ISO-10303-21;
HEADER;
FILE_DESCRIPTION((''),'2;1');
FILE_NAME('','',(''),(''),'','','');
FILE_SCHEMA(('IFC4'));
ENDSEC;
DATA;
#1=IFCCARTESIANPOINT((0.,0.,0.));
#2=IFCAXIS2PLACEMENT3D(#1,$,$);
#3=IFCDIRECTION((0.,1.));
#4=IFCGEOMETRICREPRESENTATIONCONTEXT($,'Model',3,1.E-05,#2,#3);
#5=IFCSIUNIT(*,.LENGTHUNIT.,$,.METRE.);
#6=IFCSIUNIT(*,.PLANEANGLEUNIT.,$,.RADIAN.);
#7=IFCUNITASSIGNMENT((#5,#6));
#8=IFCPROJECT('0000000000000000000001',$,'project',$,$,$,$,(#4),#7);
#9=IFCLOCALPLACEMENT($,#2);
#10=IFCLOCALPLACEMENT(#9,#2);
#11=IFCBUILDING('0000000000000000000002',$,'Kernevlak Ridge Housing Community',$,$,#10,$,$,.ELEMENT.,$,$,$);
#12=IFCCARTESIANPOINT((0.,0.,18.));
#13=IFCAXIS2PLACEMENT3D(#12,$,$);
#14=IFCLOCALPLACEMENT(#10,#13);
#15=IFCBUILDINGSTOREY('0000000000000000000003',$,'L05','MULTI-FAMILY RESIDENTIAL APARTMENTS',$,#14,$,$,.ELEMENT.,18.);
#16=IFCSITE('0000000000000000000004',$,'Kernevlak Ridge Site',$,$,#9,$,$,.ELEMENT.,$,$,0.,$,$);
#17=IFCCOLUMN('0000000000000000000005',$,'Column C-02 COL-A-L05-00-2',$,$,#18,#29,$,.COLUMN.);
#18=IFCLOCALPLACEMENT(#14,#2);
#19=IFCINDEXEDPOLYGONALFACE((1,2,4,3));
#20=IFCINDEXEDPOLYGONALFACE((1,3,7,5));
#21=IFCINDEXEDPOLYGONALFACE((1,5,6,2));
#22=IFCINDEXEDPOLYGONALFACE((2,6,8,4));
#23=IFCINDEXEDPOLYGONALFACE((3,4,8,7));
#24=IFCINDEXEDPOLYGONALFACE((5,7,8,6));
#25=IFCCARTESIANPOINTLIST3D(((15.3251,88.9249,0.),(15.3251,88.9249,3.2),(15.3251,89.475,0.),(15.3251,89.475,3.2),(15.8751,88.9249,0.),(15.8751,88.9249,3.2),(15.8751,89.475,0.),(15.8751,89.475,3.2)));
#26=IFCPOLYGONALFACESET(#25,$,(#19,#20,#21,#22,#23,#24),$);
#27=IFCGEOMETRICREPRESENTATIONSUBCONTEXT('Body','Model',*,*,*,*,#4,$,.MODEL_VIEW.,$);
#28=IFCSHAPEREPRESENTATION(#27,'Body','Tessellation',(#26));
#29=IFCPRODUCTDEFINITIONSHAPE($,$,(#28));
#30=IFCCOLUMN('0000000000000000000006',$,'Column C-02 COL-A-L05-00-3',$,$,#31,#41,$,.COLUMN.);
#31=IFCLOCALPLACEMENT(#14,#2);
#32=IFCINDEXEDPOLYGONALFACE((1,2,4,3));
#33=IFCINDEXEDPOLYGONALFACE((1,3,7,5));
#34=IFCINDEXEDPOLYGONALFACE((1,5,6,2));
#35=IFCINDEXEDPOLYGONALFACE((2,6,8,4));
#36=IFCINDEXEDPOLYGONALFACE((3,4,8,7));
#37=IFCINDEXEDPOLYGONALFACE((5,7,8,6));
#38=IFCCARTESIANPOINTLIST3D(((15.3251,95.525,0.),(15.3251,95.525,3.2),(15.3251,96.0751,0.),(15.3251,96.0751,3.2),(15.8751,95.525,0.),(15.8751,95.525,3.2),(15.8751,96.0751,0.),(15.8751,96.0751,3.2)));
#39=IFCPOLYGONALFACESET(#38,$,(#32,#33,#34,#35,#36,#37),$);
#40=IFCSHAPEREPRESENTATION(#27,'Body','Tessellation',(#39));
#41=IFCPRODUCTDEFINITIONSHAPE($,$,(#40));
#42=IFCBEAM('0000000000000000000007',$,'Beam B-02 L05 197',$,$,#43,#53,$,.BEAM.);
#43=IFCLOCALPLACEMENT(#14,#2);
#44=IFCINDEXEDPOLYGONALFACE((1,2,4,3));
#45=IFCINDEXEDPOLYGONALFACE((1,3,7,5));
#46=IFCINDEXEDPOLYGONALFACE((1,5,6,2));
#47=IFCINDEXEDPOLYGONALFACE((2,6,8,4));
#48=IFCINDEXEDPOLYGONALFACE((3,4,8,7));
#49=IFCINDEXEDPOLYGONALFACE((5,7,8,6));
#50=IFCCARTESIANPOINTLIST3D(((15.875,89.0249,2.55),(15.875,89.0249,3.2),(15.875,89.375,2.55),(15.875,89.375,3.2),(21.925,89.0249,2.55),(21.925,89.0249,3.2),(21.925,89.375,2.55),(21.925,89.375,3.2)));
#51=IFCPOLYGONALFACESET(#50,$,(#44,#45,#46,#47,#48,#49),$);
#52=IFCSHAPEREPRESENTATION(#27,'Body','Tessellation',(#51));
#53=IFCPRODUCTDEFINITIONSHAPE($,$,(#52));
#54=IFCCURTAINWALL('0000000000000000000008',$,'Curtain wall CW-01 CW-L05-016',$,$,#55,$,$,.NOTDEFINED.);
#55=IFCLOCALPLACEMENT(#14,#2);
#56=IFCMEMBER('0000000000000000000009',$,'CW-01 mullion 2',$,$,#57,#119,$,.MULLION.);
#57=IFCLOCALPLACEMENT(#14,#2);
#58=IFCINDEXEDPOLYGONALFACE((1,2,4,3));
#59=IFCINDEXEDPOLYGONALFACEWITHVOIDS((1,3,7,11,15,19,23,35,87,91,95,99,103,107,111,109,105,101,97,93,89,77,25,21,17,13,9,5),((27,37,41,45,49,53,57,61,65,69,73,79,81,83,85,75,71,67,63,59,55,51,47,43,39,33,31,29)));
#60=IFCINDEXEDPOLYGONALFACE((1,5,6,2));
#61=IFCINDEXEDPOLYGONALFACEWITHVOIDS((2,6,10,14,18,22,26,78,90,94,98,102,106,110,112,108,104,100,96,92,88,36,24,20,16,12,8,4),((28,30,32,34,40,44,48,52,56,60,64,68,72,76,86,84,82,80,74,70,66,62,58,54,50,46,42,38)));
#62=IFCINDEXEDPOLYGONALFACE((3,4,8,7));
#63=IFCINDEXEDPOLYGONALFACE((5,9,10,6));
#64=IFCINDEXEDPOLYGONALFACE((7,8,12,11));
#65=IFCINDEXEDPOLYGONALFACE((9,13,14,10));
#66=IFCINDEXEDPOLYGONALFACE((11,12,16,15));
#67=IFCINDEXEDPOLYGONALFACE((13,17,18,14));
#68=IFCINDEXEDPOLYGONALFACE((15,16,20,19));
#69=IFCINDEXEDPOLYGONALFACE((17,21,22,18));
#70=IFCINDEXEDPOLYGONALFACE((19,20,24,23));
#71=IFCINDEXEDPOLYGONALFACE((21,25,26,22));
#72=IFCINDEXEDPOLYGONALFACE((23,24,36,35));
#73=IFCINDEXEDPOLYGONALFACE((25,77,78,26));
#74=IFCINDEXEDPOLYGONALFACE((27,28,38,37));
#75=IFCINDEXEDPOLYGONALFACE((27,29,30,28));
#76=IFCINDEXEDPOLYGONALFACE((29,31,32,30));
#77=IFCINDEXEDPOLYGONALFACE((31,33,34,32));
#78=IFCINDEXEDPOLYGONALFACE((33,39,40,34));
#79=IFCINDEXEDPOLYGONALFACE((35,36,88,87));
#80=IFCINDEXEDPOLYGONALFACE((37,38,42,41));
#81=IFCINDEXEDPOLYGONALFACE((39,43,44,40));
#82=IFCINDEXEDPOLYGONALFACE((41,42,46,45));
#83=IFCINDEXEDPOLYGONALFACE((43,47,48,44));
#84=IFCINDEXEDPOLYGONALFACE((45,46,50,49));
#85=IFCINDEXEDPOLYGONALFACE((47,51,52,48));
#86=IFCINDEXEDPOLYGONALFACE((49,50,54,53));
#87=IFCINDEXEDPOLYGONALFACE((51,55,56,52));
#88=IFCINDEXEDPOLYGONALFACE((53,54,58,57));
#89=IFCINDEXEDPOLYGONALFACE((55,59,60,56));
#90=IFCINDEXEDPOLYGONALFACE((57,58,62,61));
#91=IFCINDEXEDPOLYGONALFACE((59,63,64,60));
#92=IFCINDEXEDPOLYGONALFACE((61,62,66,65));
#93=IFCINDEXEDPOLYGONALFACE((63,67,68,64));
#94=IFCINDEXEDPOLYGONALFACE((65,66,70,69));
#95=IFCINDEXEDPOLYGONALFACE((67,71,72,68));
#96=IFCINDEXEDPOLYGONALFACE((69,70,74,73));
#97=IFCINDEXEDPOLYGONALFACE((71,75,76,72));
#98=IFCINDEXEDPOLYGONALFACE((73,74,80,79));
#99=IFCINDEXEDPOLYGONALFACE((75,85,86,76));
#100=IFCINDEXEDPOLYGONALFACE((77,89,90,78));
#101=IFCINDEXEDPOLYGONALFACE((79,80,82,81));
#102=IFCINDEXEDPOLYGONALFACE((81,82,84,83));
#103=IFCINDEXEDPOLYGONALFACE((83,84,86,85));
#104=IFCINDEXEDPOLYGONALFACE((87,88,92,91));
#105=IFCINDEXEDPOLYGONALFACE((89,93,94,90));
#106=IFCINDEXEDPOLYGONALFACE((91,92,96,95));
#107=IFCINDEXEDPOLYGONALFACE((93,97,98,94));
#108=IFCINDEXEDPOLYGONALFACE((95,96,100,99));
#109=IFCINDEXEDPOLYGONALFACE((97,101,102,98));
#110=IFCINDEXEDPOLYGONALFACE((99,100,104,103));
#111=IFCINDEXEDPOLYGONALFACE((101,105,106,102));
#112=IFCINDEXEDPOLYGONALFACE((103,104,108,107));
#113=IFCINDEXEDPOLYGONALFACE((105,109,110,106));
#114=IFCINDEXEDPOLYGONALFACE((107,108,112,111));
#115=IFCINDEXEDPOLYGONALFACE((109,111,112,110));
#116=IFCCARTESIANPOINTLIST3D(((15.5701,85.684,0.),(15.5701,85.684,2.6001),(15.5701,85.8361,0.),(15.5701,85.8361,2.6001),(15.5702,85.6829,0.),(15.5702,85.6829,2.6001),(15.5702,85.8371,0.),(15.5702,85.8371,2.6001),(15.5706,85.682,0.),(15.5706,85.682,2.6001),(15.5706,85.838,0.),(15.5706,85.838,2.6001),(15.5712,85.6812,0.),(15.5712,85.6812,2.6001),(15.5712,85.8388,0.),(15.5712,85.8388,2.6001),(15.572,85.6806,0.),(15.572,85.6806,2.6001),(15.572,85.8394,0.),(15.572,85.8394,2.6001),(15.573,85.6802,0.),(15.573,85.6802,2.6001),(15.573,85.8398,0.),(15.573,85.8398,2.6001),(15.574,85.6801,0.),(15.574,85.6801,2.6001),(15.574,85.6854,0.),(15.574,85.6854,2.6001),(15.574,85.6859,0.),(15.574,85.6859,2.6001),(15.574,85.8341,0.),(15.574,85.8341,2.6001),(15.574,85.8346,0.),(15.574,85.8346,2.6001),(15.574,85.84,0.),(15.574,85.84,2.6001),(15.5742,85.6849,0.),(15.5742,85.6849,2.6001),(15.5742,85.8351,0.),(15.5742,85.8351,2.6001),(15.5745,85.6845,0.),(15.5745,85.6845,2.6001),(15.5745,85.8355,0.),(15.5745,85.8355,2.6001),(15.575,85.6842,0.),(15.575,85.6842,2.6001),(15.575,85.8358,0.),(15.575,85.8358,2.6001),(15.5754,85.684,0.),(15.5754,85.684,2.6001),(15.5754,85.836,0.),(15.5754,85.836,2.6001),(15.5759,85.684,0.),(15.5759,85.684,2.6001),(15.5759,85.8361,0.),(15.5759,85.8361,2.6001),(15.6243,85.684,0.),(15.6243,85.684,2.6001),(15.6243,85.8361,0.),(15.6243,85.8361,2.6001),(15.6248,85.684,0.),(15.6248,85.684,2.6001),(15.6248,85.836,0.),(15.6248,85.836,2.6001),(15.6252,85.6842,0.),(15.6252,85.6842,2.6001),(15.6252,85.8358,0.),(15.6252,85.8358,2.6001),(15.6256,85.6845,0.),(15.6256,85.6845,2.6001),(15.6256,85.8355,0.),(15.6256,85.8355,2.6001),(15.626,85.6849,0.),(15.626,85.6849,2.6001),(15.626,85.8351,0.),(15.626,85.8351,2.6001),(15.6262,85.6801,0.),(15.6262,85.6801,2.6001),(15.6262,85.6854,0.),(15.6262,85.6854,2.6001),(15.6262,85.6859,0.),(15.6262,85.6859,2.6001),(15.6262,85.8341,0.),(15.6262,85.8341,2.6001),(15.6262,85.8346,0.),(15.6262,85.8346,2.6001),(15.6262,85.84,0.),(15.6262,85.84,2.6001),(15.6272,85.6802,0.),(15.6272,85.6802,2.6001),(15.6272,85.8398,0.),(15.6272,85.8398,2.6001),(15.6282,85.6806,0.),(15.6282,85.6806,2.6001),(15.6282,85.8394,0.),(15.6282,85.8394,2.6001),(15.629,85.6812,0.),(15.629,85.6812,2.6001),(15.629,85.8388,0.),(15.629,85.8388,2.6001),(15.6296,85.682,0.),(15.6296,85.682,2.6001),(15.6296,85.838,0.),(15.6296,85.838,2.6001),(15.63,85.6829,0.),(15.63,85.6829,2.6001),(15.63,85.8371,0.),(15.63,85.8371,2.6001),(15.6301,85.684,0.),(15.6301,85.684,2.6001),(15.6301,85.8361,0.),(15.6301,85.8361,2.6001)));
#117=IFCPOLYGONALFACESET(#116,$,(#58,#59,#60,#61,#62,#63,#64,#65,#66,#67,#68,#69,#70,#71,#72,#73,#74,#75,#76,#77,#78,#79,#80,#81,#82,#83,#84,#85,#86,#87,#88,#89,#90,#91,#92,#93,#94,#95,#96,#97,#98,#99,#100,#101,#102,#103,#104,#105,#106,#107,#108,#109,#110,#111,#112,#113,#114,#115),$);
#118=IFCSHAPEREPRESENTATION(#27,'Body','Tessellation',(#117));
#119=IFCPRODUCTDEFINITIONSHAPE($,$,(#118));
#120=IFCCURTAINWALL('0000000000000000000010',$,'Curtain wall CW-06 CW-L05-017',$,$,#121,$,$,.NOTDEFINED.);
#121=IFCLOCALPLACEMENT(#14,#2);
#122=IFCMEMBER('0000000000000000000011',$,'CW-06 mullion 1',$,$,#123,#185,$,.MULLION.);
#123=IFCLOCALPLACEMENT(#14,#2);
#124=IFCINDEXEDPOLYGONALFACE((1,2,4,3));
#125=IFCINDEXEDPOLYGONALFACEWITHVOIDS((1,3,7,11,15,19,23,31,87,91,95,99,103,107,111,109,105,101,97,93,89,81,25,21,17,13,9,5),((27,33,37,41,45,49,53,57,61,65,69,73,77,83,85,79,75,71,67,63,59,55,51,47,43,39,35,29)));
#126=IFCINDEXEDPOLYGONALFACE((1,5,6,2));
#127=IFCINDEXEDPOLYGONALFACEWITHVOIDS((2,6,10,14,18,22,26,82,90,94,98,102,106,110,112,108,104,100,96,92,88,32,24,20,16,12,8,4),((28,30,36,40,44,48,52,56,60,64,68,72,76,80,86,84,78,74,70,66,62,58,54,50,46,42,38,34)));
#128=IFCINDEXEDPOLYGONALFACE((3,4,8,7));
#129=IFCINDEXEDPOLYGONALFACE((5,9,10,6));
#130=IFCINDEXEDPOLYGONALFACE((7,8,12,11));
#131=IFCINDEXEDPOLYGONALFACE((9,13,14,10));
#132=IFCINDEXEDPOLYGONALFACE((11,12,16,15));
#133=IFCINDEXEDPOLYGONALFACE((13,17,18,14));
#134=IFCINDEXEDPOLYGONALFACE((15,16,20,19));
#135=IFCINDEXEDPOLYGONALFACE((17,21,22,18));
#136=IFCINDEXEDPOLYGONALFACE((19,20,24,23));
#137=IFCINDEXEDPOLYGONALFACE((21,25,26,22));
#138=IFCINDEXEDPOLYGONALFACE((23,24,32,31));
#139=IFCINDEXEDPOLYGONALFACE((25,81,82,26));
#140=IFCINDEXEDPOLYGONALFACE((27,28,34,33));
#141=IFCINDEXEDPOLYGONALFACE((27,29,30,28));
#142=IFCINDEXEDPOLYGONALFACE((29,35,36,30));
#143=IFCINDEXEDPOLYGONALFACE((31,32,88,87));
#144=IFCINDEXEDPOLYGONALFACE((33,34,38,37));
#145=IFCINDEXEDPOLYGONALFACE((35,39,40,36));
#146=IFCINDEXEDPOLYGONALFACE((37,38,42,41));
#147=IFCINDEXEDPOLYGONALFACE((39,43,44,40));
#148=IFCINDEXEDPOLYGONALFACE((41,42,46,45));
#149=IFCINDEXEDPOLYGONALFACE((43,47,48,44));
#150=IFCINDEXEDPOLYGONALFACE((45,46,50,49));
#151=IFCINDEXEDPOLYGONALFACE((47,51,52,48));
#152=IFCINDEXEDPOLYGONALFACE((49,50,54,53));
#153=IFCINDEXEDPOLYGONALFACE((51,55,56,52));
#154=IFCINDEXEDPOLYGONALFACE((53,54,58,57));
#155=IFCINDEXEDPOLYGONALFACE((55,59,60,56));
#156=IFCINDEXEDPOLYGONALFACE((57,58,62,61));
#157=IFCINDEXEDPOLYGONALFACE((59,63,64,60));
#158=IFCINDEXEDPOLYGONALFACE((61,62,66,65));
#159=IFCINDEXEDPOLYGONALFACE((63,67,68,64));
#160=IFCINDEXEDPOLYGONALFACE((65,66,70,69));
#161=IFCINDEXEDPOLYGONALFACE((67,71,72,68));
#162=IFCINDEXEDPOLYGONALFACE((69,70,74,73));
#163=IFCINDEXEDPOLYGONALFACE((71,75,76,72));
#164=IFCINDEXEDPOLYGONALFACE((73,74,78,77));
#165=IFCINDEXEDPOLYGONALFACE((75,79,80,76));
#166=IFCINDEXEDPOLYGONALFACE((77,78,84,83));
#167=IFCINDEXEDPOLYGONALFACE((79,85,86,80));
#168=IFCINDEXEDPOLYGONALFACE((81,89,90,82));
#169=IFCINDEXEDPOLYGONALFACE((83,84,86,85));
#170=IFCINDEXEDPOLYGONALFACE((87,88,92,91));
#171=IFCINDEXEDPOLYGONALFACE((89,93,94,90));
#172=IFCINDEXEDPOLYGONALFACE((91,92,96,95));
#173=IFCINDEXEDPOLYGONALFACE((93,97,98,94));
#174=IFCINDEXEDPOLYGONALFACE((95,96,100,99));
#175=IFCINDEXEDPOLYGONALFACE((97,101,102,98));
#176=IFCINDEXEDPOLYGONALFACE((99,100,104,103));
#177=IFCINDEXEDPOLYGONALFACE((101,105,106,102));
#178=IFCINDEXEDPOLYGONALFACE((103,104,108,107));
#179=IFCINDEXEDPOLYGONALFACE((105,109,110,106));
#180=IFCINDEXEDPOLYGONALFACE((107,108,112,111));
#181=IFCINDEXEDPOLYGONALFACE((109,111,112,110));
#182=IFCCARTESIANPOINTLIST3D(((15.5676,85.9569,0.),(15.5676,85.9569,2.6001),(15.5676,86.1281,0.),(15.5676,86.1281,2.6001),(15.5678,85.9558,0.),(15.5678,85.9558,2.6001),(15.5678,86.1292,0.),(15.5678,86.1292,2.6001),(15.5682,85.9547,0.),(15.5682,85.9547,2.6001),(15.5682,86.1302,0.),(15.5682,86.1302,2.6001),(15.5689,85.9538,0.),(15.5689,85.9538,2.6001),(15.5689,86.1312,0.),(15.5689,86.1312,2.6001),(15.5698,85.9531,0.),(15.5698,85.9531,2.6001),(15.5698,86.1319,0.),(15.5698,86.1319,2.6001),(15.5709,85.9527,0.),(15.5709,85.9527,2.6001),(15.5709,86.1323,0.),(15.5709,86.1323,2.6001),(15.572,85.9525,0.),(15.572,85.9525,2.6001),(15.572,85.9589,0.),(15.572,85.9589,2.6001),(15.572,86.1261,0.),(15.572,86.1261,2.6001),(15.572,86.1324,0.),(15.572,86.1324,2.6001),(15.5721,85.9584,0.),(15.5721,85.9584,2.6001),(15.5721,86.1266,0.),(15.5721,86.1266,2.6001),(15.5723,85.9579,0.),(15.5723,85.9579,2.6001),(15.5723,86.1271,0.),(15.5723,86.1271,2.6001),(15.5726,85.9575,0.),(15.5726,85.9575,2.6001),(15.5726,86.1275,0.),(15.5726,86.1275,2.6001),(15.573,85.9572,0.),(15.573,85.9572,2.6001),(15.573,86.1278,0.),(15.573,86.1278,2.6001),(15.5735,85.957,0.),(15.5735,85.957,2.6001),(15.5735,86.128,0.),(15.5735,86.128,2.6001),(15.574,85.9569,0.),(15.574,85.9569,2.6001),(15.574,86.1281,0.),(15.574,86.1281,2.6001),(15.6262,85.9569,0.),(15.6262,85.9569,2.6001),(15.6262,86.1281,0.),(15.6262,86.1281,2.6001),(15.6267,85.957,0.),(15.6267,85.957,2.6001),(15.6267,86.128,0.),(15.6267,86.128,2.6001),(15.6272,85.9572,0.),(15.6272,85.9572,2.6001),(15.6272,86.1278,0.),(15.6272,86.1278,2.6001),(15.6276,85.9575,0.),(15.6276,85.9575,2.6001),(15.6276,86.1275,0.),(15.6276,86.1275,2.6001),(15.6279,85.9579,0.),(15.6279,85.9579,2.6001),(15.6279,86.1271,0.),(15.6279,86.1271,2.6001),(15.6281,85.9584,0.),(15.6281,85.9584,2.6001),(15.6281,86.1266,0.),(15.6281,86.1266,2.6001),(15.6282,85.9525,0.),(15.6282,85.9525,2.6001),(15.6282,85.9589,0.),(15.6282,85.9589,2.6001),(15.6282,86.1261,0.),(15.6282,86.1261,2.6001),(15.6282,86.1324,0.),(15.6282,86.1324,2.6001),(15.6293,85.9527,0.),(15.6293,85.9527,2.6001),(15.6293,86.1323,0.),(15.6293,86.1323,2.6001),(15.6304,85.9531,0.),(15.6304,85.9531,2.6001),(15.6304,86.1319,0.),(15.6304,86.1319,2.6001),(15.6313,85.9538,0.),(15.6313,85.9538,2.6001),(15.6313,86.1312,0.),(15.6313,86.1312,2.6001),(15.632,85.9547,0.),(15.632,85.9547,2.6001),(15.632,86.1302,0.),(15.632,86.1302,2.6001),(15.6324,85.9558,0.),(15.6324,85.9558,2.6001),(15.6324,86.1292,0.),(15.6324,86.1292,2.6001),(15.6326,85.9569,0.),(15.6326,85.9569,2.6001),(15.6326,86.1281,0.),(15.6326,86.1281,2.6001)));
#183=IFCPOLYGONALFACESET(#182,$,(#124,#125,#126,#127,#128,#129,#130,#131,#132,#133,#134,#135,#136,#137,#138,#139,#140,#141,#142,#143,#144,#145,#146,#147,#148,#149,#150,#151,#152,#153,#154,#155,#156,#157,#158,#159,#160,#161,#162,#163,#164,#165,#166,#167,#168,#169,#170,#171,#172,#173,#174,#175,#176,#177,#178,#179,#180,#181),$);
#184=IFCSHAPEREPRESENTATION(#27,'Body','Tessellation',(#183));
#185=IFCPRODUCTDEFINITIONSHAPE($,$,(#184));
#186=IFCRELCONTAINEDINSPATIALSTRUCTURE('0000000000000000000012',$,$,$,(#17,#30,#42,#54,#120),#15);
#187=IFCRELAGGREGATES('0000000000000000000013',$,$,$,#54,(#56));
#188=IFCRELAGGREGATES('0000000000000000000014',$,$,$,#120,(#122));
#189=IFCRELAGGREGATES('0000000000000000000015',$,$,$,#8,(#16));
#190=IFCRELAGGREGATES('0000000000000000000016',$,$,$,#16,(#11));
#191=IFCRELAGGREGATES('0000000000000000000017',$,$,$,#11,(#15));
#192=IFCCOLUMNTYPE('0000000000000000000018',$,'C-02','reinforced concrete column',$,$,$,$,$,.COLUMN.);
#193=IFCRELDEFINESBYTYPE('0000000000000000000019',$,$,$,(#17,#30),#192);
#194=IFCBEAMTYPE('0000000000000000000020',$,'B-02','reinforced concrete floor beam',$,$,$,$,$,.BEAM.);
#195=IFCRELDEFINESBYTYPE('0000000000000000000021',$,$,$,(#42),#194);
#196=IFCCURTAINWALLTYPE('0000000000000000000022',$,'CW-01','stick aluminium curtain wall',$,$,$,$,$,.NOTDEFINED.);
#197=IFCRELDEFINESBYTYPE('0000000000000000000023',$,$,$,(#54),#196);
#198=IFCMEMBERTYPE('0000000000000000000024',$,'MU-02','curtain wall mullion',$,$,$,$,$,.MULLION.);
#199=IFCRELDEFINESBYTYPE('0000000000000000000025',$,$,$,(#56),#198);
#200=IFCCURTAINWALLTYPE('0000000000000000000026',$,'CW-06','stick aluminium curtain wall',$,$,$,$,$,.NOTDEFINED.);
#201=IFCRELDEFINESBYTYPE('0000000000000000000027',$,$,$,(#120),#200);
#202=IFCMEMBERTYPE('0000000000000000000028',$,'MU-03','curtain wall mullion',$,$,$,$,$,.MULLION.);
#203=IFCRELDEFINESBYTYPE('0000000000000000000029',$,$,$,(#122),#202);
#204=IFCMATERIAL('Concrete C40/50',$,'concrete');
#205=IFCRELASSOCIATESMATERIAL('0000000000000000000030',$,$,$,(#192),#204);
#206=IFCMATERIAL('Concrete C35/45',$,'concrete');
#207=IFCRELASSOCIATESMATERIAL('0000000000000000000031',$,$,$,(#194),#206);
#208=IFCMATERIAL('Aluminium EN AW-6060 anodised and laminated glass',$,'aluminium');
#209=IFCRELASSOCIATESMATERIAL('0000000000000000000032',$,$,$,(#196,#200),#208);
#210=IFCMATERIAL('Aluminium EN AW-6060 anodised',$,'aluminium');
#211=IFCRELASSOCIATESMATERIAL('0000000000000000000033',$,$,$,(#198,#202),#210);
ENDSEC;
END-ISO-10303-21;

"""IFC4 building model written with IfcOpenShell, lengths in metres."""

from ifc_helpers import new_model, si_unit, direction, frame, origin, origin_2d, place, context, subcontext, project, spatial, rectangle, hollow_rectangle, extrude, material, material_profile, profile_set, type_object, element, aggregate, save


model = new_model("IFC4")

# Units and contexts
model_context = context("Model", 3, precision=1e-05, world=origin(), true_north=direction((0.0, 1.0)))
body_context = subcontext(model_context, "Body", "Model", "MODEL_VIEW")
ifc_project = project(units=[si_unit("LENGTHUNIT", "METRE"), si_unit("PLANEANGLEUNIT", "RADIAN")], contexts=[model_context])

# Site, building, storey
site_placement = place(None, origin())
site = spatial("IfcSite", under=ifc_project, at=site_placement, Name="Kernevlak Ridge Site", CompositionType="ELEMENT", RefElevation=0.0)
building_placement = place(site_placement, origin())
building = spatial("IfcBuilding", under=site, at=building_placement, Name="Kernevlak Ridge Housing Community", CompositionType="ELEMENT")
storey_placement = place(building_placement, frame((0.0, 0.0, 18.0)))
storey = spatial("IfcBuildingStorey", under=building, at=storey_placement, Name="L05", Description="MULTI-FAMILY RESIDENTIAL APARTMENTS", CompositionType="ELEMENT", Elevation=18.0)

# Columns
ifc_material_1 = material(Name="Concrete C40/50", Category="concrete")
ifc_material_profile_1 = material_profile(ifc_material_1, rectangle(XDim=0.55, YDim=0.55, at=origin_2d()), Name="RC 550x550")
ifc_profile_set_1 = profile_set([ifc_material_profile_1], Name="Concrete C40/50")
column_type = type_object("IfcColumnType", Name="C-02", Description="reinforced concrete column", PredefinedType="COLUMN", material=ifc_profile_set_1)
for number, where, z_axis, x_axis, name in (
    (1, (15.6001, 89.2, 0.0), (0.0, 0.0, 1.0), (1.0, 0.0, 0.0), "Column C-02 COL-A-L05-00-2"),
    (2, (15.6001, 95.8, 0.0), (0.0, 0.0, 1.0), (1.0, 0.0, 0.0), "Column C-02 COL-A-L05-00-3"),
):
    element("IfcColumn", number, at=place(storey_placement, frame(where, z_axis=z_axis, x_axis=x_axis)), inside=storey, type_object=column_type, Name=name, PredefinedType="COLUMN", context=body_context, shape_type="SweptSolid", body=[
        extrude(rectangle(XDim=0.55, YDim=0.55, at=origin_2d()), origin(), (0.0, 0.0, 1.0), 3.2),
    ])

# Beam
ifc_material_2 = material(Name="Concrete C35/45", Category="concrete")
ifc_material_profile_2 = material_profile(ifc_material_2, rectangle(XDim=0.3501, YDim=0.6499, at=origin_2d()), Name="RC 350x650")
ifc_profile_set_2 = profile_set([ifc_material_profile_2], Name="Concrete C35/45")
beam_type_1 = type_object("IfcBeamType", Name="B-02", Description="reinforced concrete floor beam", PredefinedType="BEAM", material=ifc_profile_set_2)
beam_1_placement = place(storey_placement, frame((15.875, 89.2, 2.875), z_axis=(1.0, 0.0, 0.0), x_axis=(0.0, 1.0, 0.0)))
element("IfcBeam", 3, at=beam_1_placement, inside=storey, type_object=beam_type_1, Name="Beam B-02 L05 197", PredefinedType="BEAM", context=body_context, shape_type="SweptSolid", body=[
    extrude(rectangle(XDim=0.3501, YDim=0.6499, at=origin_2d()), origin(), (0.0, 0.0, 1.0), 6.05),
])

# Curtain wall, member
ifc_material_3 = material(Name="Aluminium EN AW-6060 anodised and laminated glass", Category="aluminium")
curtain_wall_type_1 = type_object("IfcCurtainWallType", Name="CW-01", Description="stick aluminium curtain wall", PredefinedType="NOTDEFINED", material=ifc_material_3)
curtain_wall_1_placement = place(storey_placement, origin())
curtain_wall_1 = element("IfcCurtainWall", 4, at=curtain_wall_1_placement, inside=storey, type_object=curtain_wall_type_1, Name="Curtain wall CW-01 CW-L05-016", PredefinedType="NOTDEFINED")
ifc_material_4 = material(Name="Aluminium EN AW-6060 anodised", Category="aluminium")
ifc_material_profile_3 = material_profile(ifc_material_4, hollow_rectangle(XDim=0.0601, YDim=0.1599, WallThickness=0.0039, InnerFilletRadius=0.002, OuterFilletRadius=0.0039, at=origin_2d()), Name="ALU 60x160x4")
ifc_profile_set_3 = profile_set([ifc_material_profile_3], Name="Aluminium EN AW-6060 anodised")
member_type_1 = type_object("IfcMemberType", Name="MU-02", Description="curtain wall mullion", PredefinedType="MULLION", material=ifc_profile_set_3)
member_1_placement = place(storey_placement, frame((15.6001, 85.76, 0.0), z_axis=(0.0, 0.0, 1.0), x_axis=(-1.0, 0.0, 0.0)))
member_1 = element("IfcMember", 5, at=member_1_placement, type_object=member_type_1, Name="CW-01 mullion 2", PredefinedType="MULLION", context=body_context, shape_type="SweptSolid", body=[
    extrude(hollow_rectangle(XDim=0.0601, YDim=0.1599, WallThickness=0.0039, InnerFilletRadius=0.002, OuterFilletRadius=0.0039, at=origin_2d()), origin(), (0.0, 0.0, 1.0), 2.6001),
])
aggregate(curtain_wall_1, [member_1])

# Curtain wall, member
curtain_wall_type_2 = type_object("IfcCurtainWallType", Name="CW-06", Description="stick aluminium curtain wall", PredefinedType="NOTDEFINED", material=ifc_material_3)
curtain_wall_2_placement = place(storey_placement, origin())
curtain_wall_2 = element("IfcCurtainWall", 6, at=curtain_wall_2_placement, inside=storey, type_object=curtain_wall_type_2, Name="Curtain wall CW-06 CW-L05-017", PredefinedType="NOTDEFINED")
ifc_material_profile_4 = material_profile(ifc_material_4, hollow_rectangle(XDim=0.0649, YDim=0.1799, WallThickness=0.0044, InnerFilletRadius=0.002, OuterFilletRadius=0.0044, at=origin_2d()), Name="ALU 65x180x4.5")
ifc_profile_set_4 = profile_set([ifc_material_profile_4], Name="Aluminium EN AW-6060 anodised")
member_type_2 = type_object("IfcMemberType", Name="MU-03", Description="curtain wall mullion", PredefinedType="MULLION", material=ifc_profile_set_4)
member_2_placement = place(storey_placement, frame((15.6001, 86.0425, 0.0), z_axis=(0.0, 0.0, 1.0), x_axis=(-1.0, 0.0, 0.0)))
member_2 = element("IfcMember", 7, at=member_2_placement, type_object=member_type_2, Name="CW-06 mullion 1", PredefinedType="MULLION", context=body_context, shape_type="SweptSolid", body=[
    extrude(hollow_rectangle(XDim=0.0649, YDim=0.1799, WallThickness=0.0044, InnerFilletRadius=0.002, OuterFilletRadius=0.0044, at=origin_2d()), origin(), (0.0, 0.0, 1.0), 2.6001),
])

aggregate(curtain_wall_2, [member_2])

save(model, "model.ifc")
